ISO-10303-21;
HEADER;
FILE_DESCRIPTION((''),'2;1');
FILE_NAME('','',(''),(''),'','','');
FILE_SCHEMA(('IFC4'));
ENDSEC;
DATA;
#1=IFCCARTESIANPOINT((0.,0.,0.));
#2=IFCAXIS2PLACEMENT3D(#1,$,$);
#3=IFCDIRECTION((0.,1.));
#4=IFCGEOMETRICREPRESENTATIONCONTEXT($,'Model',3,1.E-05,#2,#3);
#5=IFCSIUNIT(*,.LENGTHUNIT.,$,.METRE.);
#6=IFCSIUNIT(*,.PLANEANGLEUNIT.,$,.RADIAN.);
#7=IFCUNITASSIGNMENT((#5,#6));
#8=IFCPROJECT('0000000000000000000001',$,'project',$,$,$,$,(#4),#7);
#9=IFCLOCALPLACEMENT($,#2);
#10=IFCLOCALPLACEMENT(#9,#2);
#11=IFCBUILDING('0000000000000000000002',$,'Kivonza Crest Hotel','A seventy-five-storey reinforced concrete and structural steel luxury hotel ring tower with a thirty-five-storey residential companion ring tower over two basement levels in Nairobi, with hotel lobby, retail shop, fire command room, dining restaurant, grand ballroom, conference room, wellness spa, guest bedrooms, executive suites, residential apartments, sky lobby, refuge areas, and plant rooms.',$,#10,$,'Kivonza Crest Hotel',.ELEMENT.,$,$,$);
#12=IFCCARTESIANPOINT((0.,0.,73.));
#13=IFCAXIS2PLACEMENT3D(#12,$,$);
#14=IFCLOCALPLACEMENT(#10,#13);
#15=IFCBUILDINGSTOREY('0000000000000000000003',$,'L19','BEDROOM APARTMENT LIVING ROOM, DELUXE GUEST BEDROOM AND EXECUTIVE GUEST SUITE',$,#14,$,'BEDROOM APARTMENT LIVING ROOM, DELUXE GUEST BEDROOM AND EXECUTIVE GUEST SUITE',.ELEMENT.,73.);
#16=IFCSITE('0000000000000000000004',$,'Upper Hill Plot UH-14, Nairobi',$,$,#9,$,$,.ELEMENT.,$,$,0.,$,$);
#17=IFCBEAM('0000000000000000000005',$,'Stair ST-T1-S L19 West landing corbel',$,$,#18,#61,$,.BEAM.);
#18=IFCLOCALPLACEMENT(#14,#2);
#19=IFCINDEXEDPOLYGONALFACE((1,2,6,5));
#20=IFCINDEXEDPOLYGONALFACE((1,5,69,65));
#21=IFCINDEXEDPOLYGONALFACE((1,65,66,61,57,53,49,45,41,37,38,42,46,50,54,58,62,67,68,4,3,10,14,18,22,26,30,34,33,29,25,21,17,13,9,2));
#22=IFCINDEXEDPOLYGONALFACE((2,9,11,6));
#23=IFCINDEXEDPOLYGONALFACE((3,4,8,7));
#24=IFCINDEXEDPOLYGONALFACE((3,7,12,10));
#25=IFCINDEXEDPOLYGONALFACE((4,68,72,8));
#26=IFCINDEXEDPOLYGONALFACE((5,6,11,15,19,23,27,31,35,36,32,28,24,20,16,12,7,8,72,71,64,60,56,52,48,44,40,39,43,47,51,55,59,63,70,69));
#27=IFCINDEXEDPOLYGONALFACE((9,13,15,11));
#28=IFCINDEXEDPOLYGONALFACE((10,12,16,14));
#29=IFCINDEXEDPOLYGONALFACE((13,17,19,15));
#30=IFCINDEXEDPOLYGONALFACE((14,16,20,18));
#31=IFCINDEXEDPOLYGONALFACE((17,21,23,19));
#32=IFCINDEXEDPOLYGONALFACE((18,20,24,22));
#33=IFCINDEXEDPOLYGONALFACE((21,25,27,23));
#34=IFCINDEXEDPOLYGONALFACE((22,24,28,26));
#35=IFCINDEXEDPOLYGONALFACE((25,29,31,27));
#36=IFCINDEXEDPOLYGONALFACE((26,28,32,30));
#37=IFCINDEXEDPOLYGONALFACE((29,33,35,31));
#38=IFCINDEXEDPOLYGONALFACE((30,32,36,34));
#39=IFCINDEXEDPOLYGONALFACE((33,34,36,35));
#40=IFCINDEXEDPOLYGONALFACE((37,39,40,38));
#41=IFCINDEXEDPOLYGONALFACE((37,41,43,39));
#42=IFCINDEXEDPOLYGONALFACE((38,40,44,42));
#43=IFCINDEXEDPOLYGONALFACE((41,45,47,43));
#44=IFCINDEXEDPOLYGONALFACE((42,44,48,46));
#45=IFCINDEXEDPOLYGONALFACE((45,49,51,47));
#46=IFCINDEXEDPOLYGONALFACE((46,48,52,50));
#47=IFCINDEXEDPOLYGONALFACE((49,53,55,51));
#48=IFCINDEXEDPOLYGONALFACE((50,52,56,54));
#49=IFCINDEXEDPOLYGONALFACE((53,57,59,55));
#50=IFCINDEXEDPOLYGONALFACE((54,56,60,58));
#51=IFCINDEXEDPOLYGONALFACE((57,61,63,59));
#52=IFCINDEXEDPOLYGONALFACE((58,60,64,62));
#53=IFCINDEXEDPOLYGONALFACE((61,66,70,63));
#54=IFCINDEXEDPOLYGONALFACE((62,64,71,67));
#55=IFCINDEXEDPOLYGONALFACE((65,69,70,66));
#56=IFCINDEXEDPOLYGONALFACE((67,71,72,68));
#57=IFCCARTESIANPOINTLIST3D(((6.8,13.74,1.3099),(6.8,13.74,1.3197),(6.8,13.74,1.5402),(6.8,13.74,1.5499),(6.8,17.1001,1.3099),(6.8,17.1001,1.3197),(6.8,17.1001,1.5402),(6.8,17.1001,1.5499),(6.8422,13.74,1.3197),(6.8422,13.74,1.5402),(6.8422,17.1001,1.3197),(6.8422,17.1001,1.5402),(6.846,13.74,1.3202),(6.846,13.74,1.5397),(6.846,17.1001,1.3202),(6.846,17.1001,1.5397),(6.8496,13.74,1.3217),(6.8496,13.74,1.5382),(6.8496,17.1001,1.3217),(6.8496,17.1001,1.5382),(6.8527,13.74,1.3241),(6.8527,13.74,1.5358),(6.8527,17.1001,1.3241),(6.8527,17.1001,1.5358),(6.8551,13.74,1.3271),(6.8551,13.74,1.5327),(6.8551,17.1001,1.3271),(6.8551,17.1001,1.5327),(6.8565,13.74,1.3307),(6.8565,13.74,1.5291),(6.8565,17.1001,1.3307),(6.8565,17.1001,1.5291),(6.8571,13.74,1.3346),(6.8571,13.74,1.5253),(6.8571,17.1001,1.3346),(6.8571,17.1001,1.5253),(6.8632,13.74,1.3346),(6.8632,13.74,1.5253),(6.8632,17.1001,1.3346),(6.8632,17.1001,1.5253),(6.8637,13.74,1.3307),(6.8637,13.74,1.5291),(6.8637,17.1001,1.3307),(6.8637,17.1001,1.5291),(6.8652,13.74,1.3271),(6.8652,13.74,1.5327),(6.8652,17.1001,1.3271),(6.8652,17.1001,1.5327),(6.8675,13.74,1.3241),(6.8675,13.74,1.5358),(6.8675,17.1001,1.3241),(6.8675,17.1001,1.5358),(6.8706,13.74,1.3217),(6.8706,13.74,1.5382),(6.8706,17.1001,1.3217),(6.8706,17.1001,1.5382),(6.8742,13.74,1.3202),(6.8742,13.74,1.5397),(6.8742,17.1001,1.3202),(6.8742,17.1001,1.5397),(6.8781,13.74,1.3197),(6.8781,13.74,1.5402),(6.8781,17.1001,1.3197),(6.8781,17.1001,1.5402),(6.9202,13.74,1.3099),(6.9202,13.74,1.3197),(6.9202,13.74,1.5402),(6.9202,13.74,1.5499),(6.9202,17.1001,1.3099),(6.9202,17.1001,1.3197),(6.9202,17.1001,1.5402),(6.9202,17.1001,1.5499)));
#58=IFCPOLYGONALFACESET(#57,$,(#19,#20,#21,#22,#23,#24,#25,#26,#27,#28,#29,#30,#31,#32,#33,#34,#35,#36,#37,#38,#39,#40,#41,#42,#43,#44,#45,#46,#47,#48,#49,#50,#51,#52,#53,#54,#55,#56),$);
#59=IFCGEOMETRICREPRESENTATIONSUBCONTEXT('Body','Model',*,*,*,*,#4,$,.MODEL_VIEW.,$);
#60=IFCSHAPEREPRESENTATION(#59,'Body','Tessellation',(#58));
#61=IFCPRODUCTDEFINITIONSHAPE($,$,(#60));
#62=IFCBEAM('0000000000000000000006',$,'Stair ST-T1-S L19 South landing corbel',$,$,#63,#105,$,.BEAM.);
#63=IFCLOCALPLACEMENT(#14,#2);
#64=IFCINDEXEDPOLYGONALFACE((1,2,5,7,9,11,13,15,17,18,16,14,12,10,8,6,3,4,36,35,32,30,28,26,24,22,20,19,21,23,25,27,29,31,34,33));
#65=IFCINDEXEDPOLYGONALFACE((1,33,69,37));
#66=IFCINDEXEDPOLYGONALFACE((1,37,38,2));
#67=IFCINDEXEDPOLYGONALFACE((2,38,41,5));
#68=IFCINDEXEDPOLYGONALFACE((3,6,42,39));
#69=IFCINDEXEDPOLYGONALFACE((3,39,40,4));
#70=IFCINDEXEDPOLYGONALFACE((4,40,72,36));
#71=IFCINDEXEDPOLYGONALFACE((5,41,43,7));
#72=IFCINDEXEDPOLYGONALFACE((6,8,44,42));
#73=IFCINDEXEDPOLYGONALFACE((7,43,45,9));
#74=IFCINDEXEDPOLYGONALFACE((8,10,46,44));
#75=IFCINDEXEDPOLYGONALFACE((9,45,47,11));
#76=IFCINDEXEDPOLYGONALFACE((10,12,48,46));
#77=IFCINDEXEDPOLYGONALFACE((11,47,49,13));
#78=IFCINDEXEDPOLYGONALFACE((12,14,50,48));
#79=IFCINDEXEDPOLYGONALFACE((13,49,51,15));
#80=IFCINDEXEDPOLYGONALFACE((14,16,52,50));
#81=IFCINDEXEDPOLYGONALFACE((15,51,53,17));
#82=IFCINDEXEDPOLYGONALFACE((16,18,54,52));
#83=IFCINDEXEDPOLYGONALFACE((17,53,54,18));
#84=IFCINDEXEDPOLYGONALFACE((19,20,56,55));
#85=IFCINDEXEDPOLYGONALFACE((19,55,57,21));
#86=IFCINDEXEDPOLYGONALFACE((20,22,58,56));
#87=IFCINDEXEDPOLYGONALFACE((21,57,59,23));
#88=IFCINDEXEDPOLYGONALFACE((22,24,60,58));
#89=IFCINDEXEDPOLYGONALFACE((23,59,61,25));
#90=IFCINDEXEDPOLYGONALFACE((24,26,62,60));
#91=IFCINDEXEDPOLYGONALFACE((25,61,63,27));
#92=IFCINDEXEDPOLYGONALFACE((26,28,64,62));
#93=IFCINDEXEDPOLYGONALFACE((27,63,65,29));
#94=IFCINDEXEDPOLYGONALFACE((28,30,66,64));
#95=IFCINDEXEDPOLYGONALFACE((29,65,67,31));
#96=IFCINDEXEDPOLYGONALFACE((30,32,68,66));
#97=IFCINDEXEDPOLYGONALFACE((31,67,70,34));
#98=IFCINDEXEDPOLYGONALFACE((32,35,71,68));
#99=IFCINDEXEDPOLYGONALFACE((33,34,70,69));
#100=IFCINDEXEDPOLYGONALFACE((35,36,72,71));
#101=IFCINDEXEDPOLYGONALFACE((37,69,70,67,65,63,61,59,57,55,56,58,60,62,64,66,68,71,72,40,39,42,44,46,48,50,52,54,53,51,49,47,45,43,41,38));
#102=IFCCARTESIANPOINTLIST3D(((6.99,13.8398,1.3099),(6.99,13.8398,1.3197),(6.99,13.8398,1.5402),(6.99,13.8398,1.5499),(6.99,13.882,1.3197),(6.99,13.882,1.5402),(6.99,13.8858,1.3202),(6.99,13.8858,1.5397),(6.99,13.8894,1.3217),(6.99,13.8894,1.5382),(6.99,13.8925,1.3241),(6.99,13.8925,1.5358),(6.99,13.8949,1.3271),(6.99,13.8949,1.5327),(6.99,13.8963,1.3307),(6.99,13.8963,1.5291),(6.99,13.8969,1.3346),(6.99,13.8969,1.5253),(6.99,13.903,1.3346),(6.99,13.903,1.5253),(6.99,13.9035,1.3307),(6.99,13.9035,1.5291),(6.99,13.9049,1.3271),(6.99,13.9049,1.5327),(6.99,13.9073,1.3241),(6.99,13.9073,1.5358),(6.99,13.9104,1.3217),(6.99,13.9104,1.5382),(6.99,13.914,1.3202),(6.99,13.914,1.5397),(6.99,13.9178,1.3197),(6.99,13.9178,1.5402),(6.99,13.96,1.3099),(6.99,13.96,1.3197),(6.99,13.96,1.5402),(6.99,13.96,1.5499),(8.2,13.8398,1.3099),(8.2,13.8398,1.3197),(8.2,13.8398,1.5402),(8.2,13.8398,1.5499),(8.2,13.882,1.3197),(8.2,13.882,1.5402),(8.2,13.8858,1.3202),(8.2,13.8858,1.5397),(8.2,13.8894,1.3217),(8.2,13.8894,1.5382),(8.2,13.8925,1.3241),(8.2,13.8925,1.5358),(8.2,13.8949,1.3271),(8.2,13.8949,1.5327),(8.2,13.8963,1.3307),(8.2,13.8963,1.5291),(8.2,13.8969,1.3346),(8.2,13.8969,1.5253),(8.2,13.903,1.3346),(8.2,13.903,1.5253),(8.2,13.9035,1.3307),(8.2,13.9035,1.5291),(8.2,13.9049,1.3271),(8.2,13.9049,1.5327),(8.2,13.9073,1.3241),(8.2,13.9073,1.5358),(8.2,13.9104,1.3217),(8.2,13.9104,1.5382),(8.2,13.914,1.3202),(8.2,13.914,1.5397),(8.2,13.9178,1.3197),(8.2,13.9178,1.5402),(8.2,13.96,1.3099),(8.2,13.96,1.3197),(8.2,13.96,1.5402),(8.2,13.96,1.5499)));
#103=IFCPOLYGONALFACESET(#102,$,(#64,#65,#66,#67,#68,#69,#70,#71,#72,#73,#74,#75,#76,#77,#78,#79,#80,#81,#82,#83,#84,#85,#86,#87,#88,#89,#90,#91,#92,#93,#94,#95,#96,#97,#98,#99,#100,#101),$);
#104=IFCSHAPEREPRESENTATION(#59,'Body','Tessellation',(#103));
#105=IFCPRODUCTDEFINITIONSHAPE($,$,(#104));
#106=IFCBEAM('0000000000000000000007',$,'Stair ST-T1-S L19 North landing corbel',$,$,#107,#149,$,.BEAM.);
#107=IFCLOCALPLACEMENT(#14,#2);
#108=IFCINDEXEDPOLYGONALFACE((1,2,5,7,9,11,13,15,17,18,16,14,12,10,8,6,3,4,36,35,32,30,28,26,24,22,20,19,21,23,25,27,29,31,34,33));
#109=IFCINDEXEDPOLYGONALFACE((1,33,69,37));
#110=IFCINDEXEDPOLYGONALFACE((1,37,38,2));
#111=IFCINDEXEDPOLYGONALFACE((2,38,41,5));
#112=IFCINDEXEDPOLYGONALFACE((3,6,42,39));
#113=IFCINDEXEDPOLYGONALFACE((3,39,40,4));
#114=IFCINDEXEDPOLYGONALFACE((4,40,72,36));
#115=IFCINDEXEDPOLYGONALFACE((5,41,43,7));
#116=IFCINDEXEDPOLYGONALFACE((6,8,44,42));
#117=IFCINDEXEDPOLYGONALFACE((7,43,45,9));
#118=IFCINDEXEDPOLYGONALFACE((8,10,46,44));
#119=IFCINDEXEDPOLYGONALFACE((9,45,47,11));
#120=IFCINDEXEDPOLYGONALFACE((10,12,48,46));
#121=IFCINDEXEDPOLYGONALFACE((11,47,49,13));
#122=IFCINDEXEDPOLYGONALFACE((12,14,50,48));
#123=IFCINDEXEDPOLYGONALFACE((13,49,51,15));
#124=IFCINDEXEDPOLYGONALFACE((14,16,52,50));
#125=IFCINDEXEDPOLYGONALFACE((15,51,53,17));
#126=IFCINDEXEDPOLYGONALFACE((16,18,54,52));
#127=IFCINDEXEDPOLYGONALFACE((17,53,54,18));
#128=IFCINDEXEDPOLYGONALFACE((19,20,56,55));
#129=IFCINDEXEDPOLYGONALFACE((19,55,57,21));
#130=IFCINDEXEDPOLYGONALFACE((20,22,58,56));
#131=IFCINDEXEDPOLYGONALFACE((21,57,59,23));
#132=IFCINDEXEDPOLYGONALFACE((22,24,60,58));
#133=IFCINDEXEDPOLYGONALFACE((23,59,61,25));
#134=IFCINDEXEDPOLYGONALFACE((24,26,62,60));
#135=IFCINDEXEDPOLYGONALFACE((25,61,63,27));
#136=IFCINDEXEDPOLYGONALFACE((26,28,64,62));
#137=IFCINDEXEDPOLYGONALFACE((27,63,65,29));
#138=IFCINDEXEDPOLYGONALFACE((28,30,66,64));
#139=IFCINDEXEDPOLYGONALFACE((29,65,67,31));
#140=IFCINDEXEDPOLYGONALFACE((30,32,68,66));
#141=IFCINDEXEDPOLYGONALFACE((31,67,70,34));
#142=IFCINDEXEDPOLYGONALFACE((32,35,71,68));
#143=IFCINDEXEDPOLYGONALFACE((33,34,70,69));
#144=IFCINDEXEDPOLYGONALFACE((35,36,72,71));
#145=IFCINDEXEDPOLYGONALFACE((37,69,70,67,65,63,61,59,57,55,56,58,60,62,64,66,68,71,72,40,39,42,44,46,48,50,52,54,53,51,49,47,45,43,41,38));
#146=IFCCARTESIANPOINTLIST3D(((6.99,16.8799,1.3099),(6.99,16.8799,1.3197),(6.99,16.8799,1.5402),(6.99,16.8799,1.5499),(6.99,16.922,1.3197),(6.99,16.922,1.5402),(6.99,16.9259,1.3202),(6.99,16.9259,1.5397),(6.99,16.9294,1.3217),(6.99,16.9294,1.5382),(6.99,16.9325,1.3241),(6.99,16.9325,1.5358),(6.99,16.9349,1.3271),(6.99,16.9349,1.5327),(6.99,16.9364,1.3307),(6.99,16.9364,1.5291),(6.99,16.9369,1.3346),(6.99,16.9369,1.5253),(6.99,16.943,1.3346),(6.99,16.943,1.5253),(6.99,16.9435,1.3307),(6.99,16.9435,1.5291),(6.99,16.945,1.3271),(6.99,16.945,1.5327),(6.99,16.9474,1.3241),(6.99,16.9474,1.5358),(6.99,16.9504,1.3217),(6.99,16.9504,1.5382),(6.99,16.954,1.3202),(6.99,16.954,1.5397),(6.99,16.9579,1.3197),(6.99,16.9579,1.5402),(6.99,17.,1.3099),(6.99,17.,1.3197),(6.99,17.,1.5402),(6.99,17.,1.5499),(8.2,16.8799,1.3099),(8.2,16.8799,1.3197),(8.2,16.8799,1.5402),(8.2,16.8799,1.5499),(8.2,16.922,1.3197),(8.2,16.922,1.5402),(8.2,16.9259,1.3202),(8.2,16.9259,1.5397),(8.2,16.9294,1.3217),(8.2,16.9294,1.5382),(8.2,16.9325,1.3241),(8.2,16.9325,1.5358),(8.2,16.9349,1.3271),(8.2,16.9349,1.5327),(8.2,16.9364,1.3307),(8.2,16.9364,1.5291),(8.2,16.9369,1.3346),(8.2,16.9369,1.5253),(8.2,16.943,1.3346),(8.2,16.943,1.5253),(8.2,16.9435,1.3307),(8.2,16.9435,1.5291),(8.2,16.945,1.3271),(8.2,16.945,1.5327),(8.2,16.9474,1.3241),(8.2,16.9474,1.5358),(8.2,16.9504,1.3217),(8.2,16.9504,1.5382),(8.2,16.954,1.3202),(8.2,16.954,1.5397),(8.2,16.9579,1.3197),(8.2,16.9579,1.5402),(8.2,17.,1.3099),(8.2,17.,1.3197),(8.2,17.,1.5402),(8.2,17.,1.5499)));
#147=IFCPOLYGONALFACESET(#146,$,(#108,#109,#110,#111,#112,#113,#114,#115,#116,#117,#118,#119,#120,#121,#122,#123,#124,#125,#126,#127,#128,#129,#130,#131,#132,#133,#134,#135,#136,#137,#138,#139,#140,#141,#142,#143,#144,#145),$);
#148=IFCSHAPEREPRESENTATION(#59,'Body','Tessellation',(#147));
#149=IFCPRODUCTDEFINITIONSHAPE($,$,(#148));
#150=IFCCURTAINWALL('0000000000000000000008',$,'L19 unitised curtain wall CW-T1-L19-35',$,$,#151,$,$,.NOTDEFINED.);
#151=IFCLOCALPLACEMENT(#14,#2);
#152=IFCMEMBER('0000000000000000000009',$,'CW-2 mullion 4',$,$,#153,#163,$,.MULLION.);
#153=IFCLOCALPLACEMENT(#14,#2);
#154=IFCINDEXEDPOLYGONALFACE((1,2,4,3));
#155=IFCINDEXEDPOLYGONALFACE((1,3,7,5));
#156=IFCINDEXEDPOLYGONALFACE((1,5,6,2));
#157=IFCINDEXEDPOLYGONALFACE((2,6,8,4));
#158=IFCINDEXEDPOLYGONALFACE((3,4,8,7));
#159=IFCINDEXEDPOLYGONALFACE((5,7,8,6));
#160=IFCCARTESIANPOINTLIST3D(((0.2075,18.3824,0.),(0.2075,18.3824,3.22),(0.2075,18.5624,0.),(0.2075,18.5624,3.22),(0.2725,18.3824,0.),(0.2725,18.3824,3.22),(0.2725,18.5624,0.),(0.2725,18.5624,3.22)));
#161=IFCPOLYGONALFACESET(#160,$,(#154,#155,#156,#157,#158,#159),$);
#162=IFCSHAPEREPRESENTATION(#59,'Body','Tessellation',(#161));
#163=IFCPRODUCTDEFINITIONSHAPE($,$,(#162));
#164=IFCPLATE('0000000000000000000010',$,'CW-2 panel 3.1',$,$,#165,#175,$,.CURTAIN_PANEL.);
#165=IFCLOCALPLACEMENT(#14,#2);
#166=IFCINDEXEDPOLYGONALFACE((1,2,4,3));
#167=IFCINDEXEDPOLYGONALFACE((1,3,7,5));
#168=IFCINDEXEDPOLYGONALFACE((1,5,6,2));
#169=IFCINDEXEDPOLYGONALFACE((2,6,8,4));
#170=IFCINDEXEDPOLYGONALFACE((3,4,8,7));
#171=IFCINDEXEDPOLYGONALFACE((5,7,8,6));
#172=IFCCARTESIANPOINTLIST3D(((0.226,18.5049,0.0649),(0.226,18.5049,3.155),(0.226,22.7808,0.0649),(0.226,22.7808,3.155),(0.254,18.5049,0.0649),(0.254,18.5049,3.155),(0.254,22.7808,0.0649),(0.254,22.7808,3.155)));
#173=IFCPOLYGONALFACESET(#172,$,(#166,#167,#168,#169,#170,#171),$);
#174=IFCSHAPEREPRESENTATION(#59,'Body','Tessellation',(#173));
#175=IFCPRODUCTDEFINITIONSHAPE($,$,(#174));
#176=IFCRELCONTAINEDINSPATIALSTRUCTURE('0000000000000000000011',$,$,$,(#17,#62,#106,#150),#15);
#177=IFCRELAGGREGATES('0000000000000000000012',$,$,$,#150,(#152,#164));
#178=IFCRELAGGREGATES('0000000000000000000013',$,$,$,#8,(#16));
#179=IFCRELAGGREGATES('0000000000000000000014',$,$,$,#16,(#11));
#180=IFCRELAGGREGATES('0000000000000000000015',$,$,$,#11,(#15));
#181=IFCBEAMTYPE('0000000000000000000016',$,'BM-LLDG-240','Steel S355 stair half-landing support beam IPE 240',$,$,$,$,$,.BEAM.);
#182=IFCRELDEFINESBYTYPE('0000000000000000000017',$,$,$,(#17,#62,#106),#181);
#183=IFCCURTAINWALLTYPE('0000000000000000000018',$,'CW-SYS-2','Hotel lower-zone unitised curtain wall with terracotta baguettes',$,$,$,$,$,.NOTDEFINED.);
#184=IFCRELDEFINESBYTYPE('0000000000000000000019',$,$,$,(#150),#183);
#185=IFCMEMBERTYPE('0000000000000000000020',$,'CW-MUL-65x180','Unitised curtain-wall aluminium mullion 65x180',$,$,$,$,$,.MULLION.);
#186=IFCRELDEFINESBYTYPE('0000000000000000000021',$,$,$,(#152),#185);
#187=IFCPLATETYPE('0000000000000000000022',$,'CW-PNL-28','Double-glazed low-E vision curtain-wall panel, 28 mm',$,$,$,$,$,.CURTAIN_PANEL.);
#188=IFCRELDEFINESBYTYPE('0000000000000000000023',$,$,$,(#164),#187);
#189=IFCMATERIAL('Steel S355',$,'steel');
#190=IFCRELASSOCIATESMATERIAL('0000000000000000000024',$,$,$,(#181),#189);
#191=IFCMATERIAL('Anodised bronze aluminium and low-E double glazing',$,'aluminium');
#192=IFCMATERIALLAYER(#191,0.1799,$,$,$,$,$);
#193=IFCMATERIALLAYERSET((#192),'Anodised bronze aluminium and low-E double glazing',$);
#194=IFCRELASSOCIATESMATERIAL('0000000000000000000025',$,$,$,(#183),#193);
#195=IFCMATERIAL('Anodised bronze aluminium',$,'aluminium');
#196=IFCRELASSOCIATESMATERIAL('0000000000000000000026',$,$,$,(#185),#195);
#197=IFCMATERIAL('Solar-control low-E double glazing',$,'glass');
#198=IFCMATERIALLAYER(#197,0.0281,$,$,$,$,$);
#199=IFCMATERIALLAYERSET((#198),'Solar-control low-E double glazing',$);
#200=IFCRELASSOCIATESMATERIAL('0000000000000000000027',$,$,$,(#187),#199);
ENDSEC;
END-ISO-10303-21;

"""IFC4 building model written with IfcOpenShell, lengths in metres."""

from ifc_helpers import new_model, si_unit, direction, frame, origin, origin_2d, place, context, subcontext, project, spatial, rectangle, i_section, extrude, material, layer, layer_set, material_profile, profile_set, type_object, element, aggregate, save


model = new_model("IFC4")

# Units and contexts
model_context = context("Model", 3, precision=1e-05, world=origin(), true_north=direction((0.0, 1.0)))
body_context = subcontext(model_context, "Body", "Model", "MODEL_VIEW")
ifc_project = project(units=[si_unit("LENGTHUNIT", "METRE"), si_unit("PLANEANGLEUNIT", "RADIAN")], contexts=[model_context])

# Site, building, storey
site_placement = place(None, origin())
site = spatial("IfcSite", under=ifc_project, at=site_placement, Name="Upper Hill Plot UH-14, Nairobi", CompositionType="ELEMENT", RefElevation=0.0)
building_placement = place(site_placement, origin())
building = spatial("IfcBuilding", under=site, at=building_placement, Name="Kivonza Crest Hotel", Description="A seventy-five-storey reinforced concrete and structural steel luxury hotel ring tower with a thirty-five-storey residential companion ring tower over two basement levels in Nairobi, with hotel lobby, retail shop, fire command room, dining restaurant, grand ballroom, conference room, wellness spa, guest bedrooms, executive suites, residential apartments, sky lobby, refuge areas, and plant rooms.", LongName="Kivonza Crest Hotel", CompositionType="ELEMENT")
storey_placement = place(building_placement, frame((0.0, 0.0, 73.0)))
storey = spatial("IfcBuildingStorey", under=building, at=storey_placement, Name="L19", Description="BEDROOM APARTMENT LIVING ROOM, DELUXE GUEST BEDROOM AND EXECUTIVE GUEST SUITE", LongName="BEDROOM APARTMENT LIVING ROOM, DELUXE GUEST BEDROOM AND EXECUTIVE GUEST SUITE", CompositionType="ELEMENT", Elevation=73.0)

# Beams
ifc_material_1 = material(Name="Steel S355", Category="steel")
ifc_material_profile_1 = material_profile(ifc_material_1, i_section(OverallWidth=0.1201, OverallDepth=0.24, WebThickness=0.0061, FlangeThickness=0.0098, FilletRadius=0.0149, at=origin_2d()), Name="IPE 240")
ifc_profile_set_1 = profile_set([ifc_material_profile_1], Name="Steel S355")
beam_type_1 = type_object("IfcBeamType", Name="BM-LLDG-240", Description="Steel S355 stair half-landing support beam IPE 240", PredefinedType="BEAM", material=ifc_profile_set_1)
beam_1_placement = place(storey_placement, frame((6.8601, 13.74, 1.4299), z_axis=(0.0, 1.0, 0.0), x_axis=(-1.0, 0.0, 0.0)))
element("IfcBeam", 1, at=beam_1_placement, inside=storey, type_object=beam_type_1, Name="Stair ST-T1-S L19 West landing corbel", PredefinedType="BEAM", context=body_context, shape_type="SweptSolid", body=[
    extrude(i_section(OverallWidth=0.1201, OverallDepth=0.24, WebThickness=0.0061, FlangeThickness=0.0098, FilletRadius=0.0149, at=origin_2d()), origin(), (0.0, 0.0, 1.0), 3.3601),
])
for number, where, z_axis, x_axis, name in (
    (2, (6.99, 13.8999, 1.4299), (1.0, 0.0, 0.0), (0.0, 1.0, 0.0), "Stair ST-T1-S L19 South landing corbel"),
    (3, (6.99, 16.9399, 1.4299), (1.0, 0.0, 0.0), (0.0, 1.0, 0.0), "Stair ST-T1-S L19 North landing corbel"),
):
    element("IfcBeam", number, at=place(storey_placement, frame(where, z_axis=z_axis, x_axis=x_axis)), inside=storey, type_object=beam_type_1, Name=name, PredefinedType="BEAM", context=body_context, shape_type="SweptSolid", body=[
        extrude(i_section(OverallWidth=0.1201, OverallDepth=0.24, WebThickness=0.0061, FlangeThickness=0.0098, FilletRadius=0.0149, at=origin_2d()), origin(), (0.0, 0.0, 1.0), 1.21),
    ])

# Curtain wall, member, plate
ifc_material_2 = material(Name="Anodised bronze aluminium and low-E double glazing", Category="aluminium")
ifc_layer_1 = layer(ifc_material_2, 0.1799)
ifc_layer_set_1 = layer_set([ifc_layer_1], Name="Anodised bronze aluminium and low-E double glazing")
curtain_wall_type = type_object("IfcCurtainWallType", Name="CW-SYS-2", Description="Hotel lower-zone unitised curtain wall with terracotta baguettes", PredefinedType="NOTDEFINED", material=ifc_layer_set_1)
curtain_wall_placement = place(storey_placement, origin())
curtain_wall = element("IfcCurtainWall", 4, at=curtain_wall_placement, inside=storey, type_object=curtain_wall_type, Name="L19 unitised curtain wall CW-T1-L19-35", PredefinedType="NOTDEFINED")
ifc_material_3 = material(Name="Anodised bronze aluminium", Category="aluminium")
ifc_material_profile_2 = material_profile(ifc_material_3, rectangle(XDim=0.0649, YDim=0.1799, at=origin_2d()), Name="CW-M 65x180")
ifc_profile_set_2 = profile_set([ifc_material_profile_2], Name="Anodised bronze aluminium")
member_type = type_object("IfcMemberType", Name="CW-MUL-65x180", Description="Unitised curtain-wall aluminium mullion 65x180", PredefinedType="MULLION", material=ifc_profile_set_2)
member_placement = place(storey_placement, frame((0.24, 18.4724, 0.0), z_axis=(0.0, 0.0, 1.0), x_axis=(1.0, 0.0, 0.0)))
member = element("IfcMember", 5, at=member_placement, type_object=member_type, Name="CW-2 mullion 4", PredefinedType="MULLION", context=body_context, shape_type="SweptSolid", body=[
    extrude(rectangle(XDim=0.0649, YDim=0.1799, at=origin_2d()), origin(), (0.0, 0.0, 1.0), 3.22),
])
ifc_material_4 = material(Name="Solar-control low-E double glazing", Category="glass")
ifc_layer_2 = layer(ifc_material_4, 0.0281)
ifc_layer_set_2 = layer_set([ifc_layer_2], Name="Solar-control low-E double glazing")
plate_type = type_object("IfcPlateType", Name="CW-PNL-28", Description="Double-glazed low-E vision curtain-wall panel, 28 mm", PredefinedType="CURTAIN_PANEL", material=ifc_layer_set_2)
plate_placement = place(storey_placement, frame((0.24, 20.6428, 0.0649), z_axis=(0.0, 0.0, 1.0), x_axis=(0.0, -1.0, 0.0)))
plate = element("IfcPlate", 6, at=plate_placement, type_object=plate_type, Name="CW-2 panel 3.1", PredefinedType="CURTAIN_PANEL", context=body_context, shape_type="SweptSolid", body=[
    extrude(rectangle(XDim=4.2759, YDim=0.0281, at=origin_2d()), origin(), (0.0, 0.0, 1.0), 3.0901),
])
aggregate(curtain_wall, [member, plate])

save(model, "model.ifc")
